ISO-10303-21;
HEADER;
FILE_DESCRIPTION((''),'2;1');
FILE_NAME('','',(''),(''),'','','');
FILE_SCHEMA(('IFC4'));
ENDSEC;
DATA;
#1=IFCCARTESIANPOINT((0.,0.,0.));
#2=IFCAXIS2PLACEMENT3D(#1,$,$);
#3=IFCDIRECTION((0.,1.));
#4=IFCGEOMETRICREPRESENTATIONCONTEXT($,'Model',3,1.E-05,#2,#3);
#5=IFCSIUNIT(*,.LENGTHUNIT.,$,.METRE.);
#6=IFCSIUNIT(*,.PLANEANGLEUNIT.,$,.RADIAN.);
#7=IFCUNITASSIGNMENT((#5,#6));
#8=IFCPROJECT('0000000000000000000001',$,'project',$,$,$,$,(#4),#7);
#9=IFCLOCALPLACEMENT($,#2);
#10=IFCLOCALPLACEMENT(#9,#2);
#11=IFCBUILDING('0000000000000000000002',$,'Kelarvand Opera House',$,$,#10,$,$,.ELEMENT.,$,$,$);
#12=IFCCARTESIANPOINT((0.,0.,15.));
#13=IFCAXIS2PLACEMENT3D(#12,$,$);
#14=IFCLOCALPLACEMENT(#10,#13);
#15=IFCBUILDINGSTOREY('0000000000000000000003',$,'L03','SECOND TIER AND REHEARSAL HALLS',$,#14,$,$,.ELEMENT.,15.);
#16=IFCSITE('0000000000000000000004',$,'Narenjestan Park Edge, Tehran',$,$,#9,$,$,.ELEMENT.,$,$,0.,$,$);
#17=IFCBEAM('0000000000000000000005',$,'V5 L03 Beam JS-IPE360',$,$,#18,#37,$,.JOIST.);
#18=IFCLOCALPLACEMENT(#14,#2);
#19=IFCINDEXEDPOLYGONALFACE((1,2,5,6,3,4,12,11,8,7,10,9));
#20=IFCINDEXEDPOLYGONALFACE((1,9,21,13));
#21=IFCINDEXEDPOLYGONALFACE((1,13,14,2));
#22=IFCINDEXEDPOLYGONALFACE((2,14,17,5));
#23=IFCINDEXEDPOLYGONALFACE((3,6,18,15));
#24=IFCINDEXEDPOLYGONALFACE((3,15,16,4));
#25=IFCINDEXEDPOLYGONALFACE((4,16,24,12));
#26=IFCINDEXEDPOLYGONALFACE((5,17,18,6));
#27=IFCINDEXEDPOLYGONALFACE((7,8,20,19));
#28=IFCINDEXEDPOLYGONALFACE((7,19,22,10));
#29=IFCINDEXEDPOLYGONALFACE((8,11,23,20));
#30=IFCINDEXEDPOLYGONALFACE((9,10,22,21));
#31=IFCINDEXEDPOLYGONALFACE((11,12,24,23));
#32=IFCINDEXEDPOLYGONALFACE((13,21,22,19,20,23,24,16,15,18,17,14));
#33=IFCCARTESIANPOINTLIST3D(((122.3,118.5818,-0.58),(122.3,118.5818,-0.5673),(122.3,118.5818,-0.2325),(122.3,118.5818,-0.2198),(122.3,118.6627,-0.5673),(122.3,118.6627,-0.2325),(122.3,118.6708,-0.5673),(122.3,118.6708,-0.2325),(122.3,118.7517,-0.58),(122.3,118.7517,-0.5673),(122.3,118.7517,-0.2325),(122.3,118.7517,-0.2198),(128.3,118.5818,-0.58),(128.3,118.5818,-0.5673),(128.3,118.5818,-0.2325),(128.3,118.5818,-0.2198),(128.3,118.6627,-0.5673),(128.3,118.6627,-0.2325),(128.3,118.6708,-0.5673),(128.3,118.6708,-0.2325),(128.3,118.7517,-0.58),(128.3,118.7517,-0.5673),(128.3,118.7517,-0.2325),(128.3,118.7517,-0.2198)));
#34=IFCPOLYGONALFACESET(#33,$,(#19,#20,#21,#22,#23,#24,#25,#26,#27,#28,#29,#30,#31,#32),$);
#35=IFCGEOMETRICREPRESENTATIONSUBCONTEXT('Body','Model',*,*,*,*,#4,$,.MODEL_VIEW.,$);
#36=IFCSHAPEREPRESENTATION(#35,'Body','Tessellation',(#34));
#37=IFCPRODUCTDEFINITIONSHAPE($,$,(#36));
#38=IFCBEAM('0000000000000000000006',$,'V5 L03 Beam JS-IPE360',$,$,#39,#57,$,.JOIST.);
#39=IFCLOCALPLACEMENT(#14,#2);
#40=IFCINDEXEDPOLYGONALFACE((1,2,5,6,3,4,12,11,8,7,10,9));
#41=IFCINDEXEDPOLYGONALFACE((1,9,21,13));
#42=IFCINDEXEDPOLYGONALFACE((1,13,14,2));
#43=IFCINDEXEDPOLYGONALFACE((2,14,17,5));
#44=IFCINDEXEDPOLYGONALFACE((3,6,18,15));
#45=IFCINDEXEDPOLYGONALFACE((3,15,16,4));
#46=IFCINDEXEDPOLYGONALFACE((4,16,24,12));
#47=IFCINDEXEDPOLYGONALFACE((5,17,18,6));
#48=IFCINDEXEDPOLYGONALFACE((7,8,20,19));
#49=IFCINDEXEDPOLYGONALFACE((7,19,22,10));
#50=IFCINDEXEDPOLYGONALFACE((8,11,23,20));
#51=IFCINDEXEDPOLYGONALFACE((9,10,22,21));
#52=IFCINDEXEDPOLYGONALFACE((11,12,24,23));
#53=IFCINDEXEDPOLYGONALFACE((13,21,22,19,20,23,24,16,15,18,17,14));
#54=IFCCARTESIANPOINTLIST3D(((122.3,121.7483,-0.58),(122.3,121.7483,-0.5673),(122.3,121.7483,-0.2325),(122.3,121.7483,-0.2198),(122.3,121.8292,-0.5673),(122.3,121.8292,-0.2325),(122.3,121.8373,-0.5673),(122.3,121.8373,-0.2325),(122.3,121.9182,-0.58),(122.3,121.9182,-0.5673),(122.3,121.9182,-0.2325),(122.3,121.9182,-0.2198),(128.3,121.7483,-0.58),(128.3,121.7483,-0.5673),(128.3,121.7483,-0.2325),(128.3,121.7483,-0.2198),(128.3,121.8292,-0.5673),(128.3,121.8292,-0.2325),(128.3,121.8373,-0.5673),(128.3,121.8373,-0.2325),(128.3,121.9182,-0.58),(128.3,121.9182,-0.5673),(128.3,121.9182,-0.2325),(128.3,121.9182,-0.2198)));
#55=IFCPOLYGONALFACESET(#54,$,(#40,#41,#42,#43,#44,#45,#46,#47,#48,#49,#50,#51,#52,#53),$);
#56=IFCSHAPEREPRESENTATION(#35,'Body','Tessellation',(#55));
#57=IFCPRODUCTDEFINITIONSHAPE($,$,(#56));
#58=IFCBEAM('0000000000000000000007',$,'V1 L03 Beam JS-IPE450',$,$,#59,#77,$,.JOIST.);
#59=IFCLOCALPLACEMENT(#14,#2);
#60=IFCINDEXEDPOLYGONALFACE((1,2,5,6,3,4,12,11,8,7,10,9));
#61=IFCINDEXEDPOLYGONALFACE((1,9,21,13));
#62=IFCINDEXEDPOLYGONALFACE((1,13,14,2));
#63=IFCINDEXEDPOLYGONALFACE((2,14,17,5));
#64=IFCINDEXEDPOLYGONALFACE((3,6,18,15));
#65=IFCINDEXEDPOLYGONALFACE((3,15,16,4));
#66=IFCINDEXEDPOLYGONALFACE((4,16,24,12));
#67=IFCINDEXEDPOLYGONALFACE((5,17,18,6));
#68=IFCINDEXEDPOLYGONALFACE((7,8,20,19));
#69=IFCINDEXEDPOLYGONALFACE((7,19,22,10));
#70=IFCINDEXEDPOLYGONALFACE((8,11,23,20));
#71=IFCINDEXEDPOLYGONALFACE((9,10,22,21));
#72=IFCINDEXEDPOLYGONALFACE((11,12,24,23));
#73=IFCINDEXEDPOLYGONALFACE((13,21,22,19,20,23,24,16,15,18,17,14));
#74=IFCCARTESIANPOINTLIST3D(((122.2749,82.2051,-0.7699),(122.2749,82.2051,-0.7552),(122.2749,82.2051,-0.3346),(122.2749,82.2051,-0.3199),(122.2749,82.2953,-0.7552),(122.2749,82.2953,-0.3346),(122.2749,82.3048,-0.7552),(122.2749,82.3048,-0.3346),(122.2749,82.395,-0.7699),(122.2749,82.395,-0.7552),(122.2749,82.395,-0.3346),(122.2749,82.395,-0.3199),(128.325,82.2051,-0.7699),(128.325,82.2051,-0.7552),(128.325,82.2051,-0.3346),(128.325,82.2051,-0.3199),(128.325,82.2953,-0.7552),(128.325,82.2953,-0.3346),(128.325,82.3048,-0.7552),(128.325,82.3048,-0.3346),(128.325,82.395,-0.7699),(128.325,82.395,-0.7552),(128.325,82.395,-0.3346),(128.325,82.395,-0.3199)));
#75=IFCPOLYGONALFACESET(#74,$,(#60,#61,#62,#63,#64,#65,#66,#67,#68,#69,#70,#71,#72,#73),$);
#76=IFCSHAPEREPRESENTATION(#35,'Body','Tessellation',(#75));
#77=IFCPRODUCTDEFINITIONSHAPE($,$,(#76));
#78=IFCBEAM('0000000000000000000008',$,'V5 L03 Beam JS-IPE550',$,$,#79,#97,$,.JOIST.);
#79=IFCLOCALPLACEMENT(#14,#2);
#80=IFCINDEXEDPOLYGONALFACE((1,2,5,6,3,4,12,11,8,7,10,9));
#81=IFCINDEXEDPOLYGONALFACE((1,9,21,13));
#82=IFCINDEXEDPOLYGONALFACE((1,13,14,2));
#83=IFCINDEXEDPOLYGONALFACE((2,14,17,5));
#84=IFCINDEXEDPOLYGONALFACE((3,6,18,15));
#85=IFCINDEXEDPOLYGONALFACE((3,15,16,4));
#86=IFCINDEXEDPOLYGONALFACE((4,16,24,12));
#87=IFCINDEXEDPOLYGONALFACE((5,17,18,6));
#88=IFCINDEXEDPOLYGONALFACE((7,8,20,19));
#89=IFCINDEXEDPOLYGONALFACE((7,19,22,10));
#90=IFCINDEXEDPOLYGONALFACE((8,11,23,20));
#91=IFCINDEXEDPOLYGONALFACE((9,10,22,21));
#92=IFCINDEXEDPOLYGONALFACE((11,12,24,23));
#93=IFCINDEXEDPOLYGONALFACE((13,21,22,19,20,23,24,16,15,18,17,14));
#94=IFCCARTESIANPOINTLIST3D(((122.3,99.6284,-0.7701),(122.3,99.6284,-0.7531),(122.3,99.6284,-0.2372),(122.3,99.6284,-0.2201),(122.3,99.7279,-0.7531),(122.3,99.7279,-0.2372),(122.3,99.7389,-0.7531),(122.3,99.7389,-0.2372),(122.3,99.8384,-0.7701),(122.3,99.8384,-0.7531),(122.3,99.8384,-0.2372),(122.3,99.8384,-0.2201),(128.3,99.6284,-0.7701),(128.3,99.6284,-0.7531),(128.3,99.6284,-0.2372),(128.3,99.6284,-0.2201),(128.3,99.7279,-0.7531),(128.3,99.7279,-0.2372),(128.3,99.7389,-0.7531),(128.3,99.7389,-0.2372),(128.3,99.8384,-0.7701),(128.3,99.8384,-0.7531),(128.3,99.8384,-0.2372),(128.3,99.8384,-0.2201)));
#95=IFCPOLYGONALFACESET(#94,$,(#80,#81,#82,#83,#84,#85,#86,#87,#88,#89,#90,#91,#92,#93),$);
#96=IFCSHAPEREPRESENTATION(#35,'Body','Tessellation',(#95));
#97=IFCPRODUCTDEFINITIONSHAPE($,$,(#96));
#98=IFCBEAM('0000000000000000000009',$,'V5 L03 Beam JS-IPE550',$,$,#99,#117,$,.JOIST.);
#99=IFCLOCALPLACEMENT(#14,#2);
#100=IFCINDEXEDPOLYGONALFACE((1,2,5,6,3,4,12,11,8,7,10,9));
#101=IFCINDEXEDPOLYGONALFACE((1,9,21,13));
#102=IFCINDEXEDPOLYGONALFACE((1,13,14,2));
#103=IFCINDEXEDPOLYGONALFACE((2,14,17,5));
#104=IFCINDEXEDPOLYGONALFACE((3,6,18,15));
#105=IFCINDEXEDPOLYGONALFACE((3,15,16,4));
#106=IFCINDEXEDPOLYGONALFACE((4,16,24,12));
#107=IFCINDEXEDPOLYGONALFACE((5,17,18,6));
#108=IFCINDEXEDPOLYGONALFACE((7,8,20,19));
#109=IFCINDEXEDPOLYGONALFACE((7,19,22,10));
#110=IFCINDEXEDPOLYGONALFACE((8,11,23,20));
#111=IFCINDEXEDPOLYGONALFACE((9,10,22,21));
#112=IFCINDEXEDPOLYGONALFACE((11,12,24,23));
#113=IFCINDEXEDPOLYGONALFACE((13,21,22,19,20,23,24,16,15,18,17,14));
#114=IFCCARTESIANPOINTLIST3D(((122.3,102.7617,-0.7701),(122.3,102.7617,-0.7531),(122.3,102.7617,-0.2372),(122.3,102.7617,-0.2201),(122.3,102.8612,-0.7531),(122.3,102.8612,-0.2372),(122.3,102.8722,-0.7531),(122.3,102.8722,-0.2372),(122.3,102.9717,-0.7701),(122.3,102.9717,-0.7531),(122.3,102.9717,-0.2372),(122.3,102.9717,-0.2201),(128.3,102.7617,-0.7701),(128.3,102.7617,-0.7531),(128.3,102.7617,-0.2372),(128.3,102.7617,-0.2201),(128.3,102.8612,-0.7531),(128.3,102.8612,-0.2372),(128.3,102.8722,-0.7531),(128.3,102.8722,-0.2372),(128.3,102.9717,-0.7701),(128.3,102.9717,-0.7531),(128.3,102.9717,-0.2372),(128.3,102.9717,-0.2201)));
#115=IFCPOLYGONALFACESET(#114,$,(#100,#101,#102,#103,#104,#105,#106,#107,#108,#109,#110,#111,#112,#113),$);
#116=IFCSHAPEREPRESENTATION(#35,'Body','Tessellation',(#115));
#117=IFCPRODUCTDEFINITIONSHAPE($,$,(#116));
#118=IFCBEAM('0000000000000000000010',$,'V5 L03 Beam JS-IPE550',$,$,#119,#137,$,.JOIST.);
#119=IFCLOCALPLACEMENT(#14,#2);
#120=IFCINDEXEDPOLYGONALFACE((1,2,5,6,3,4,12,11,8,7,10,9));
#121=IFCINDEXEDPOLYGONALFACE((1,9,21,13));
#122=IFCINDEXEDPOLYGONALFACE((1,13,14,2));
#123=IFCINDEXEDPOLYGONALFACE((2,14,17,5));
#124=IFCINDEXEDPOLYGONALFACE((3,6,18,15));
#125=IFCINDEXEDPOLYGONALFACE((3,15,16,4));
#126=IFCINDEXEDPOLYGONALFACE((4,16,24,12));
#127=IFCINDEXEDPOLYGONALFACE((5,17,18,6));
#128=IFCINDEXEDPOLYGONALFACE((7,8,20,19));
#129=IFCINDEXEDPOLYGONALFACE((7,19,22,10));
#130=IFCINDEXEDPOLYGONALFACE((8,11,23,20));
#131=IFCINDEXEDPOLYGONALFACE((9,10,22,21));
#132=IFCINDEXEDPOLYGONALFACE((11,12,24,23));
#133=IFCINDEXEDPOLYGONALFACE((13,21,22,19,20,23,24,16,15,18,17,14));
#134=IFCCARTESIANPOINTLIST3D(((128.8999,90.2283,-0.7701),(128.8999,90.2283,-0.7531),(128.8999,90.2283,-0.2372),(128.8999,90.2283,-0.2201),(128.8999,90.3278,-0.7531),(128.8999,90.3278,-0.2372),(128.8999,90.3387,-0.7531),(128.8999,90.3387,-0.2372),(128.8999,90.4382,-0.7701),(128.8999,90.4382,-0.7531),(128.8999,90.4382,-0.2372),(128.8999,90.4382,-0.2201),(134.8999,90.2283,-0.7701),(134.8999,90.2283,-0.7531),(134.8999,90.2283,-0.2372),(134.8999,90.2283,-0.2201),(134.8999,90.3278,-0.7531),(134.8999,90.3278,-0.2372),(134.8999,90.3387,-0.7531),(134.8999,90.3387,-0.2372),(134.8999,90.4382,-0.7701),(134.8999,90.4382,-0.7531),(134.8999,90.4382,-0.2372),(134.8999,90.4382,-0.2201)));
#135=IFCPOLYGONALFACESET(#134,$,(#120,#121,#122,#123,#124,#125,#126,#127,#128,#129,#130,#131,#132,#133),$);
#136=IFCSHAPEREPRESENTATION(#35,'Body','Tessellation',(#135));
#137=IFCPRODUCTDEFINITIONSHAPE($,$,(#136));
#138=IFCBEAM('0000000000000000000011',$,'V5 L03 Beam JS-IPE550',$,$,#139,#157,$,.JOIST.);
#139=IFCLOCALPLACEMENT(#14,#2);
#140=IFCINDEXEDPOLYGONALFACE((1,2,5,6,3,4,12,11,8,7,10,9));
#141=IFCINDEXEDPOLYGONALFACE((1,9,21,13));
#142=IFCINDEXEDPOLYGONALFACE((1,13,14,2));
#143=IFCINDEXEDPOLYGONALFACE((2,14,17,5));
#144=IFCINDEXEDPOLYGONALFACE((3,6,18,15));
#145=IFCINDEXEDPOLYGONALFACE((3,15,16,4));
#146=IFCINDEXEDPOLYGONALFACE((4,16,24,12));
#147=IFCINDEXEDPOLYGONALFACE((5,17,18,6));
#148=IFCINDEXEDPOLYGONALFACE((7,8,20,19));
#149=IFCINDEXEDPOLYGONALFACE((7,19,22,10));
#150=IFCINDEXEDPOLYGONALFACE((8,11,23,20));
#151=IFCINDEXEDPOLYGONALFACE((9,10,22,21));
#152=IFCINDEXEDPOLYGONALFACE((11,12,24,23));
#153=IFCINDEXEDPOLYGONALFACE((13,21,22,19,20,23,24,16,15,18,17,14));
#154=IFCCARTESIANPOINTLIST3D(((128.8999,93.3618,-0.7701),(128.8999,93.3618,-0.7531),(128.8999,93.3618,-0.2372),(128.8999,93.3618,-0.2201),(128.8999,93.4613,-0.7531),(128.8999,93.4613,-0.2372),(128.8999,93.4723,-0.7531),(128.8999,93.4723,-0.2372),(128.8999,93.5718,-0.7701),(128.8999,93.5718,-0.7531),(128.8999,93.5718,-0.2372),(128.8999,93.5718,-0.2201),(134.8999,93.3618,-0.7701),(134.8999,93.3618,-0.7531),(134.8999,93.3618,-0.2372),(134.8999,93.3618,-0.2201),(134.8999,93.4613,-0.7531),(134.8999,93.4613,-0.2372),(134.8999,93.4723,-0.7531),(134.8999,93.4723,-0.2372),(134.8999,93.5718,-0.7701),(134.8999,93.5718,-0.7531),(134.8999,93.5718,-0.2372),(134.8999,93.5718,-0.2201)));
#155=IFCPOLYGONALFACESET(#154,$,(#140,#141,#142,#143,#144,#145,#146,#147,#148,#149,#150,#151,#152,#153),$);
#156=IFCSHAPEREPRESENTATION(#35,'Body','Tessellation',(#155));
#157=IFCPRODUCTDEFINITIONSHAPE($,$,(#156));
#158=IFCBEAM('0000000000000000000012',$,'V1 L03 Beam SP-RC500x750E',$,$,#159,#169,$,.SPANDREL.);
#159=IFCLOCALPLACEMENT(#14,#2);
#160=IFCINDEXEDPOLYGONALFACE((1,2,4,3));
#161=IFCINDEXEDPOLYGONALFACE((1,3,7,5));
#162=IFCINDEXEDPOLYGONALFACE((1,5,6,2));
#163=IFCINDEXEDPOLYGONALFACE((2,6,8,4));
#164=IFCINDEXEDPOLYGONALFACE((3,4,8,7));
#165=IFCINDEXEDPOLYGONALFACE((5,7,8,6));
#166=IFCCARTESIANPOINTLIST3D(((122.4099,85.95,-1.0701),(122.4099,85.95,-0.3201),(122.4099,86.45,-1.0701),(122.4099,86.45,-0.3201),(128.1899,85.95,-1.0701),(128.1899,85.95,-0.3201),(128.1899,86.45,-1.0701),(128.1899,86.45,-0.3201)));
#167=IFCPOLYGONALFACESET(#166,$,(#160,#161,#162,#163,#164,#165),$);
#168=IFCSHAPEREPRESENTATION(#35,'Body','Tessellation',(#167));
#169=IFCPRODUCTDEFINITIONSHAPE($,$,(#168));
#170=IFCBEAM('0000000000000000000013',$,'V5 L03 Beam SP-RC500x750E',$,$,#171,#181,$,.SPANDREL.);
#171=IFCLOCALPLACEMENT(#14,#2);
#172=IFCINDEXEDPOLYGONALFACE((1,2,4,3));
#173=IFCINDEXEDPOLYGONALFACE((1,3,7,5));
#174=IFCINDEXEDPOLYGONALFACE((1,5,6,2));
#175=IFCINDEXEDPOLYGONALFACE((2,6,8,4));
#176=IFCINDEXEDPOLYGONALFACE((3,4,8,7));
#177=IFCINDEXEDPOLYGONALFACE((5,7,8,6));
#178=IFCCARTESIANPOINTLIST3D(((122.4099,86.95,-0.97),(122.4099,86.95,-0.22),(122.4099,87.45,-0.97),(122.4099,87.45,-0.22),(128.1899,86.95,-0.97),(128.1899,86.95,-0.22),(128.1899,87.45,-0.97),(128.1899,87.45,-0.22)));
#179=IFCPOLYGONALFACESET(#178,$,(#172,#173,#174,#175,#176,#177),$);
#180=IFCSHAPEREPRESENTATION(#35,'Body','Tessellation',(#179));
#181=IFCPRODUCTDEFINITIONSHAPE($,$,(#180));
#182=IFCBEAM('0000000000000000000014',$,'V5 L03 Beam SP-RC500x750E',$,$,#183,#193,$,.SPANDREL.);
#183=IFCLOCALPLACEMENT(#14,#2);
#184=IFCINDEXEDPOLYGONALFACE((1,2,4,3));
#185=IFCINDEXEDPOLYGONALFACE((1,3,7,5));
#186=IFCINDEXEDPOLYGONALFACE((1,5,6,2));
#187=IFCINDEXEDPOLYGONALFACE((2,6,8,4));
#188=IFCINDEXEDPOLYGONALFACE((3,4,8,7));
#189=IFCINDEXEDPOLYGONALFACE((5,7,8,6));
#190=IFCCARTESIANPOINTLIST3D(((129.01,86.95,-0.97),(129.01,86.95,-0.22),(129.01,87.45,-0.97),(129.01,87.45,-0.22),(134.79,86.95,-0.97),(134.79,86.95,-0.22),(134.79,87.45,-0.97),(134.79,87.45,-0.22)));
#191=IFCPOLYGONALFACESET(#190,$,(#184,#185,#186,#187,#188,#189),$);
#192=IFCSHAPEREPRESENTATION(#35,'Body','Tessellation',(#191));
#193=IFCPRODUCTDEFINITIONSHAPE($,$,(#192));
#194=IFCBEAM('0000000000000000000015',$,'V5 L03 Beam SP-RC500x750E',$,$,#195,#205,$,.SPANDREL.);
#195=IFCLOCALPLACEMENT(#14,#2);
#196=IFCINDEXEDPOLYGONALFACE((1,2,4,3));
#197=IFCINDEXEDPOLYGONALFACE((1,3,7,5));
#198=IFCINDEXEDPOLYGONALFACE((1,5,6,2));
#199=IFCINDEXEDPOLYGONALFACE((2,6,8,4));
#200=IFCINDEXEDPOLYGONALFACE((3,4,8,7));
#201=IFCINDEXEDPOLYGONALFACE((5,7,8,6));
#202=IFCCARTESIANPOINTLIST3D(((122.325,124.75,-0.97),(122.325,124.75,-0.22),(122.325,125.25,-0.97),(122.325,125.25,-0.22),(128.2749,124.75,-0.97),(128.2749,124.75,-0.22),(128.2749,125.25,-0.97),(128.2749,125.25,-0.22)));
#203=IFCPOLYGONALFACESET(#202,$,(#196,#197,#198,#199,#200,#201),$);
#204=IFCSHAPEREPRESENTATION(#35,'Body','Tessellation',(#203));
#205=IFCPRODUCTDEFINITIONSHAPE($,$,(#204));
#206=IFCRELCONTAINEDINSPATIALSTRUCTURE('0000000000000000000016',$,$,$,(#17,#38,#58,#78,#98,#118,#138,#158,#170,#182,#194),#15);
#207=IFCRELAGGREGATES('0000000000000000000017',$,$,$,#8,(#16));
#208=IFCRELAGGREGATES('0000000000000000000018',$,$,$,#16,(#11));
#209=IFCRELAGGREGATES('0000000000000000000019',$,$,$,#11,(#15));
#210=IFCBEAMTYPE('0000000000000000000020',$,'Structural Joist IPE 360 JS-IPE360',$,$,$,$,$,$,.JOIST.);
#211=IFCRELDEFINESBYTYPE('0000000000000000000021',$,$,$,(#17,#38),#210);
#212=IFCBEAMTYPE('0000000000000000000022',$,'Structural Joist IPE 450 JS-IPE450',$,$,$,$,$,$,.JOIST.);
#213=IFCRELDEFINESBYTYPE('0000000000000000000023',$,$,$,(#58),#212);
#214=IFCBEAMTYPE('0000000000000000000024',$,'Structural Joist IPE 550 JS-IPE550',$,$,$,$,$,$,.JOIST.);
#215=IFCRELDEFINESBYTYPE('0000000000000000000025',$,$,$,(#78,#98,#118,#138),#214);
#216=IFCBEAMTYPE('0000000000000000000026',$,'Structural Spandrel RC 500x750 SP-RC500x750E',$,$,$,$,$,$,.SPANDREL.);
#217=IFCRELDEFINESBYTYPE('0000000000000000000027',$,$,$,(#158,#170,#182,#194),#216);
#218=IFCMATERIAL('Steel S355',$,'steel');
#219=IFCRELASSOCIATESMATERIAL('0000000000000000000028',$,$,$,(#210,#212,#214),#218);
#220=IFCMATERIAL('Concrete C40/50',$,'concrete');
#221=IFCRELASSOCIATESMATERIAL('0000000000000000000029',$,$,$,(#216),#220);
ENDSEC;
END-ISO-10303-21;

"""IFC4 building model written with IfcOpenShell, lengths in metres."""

from ifc_helpers import new_model, si_unit, direction, frame, origin, origin_2d, place, context, subcontext, project, spatial, rectangle, i_section, extrude, material, material_profile, profile_set, type_object, element, save


model = new_model("IFC4")

# Units and contexts
model_context = context("Model", 3, precision=1e-05, world=origin(), true_north=direction((0.0, 1.0)))
body_context = subcontext(model_context, "Body", "Model", "MODEL_VIEW")
ifc_project = project(units=[si_unit("LENGTHUNIT", "METRE"), si_unit("PLANEANGLEUNIT", "RADIAN")], contexts=[model_context])

# Site, building, storey
site_placement = place(None, origin())
site = spatial("IfcSite", under=ifc_project, at=site_placement, Name="Narenjestan Park Edge, Tehran", CompositionType="ELEMENT", RefElevation=0.0)
building_placement = place(site_placement, origin())
building = spatial("IfcBuilding", under=site, at=building_placement, Name="Kelarvand Opera House", CompositionType="ELEMENT")
storey_placement = place(building_placement, frame((0.0, 0.0, 15.0)))
storey = spatial("IfcBuildingStorey", under=building, at=storey_placement, Name="L03", Description="SECOND TIER AND REHEARSAL HALLS", CompositionType="ELEMENT", Elevation=15.0)

# Shared definitions
ifc_material_1 = material(Name="Concrete C40/50", Category="concrete")

# Beams
ifc_material_2 = material(Name="Steel S355", Category="steel")
ifc_material_profile_1 = material_profile(ifc_material_2, i_section(OverallWidth=0.1699, OverallDepth=0.3601, WebThickness=0.0081, FlangeThickness=0.0127, at=origin_2d()), Name="IPE 360", Category="steel")
ifc_profile_set_1 = profile_set([ifc_material_profile_1], Name="Steel S355")
beam_type_1 = type_object("IfcBeamType", Name="Structural Joist IPE 360 JS-IPE360", PredefinedType="JOIST", material=ifc_profile_set_1)
for number, where, z_axis, x_axis, name in (
    (1, (122.3, 118.6667, -0.3999), (1.0, 0.0, 0.0), (0.0, 1.0, 0.0), "V5 L03 Beam JS-IPE360"),
    (2, (122.3, 121.8333, -0.3999), (1.0, 0.0, 0.0), (0.0, 1.0, 0.0), "V5 L03 Beam JS-IPE360"),
):
    element("IfcBeam", number, at=place(storey_placement, frame(where, z_axis=z_axis, x_axis=x_axis)), inside=storey, type_object=beam_type_1, Name=name, PredefinedType="JOIST", context=body_context, shape_type="SweptSolid", body=[
        extrude(i_section(OverallWidth=0.1699, OverallDepth=0.3601, WebThickness=0.0081, FlangeThickness=0.0127, at=origin_2d()), origin(), (0.0, 0.0, 1.0), 6.0),
    ])
ifc_material_profile_2 = material_profile(ifc_material_2, i_section(OverallWidth=0.1899, OverallDepth=0.45, WebThickness=0.0095, FlangeThickness=0.0146, at=origin_2d()), Name="IPE 450", Category="steel")
ifc_profile_set_2 = profile_set([ifc_material_profile_2], Name="Steel S355")
beam_type_2 = type_object("IfcBeamType", Name="Structural Joist IPE 450 JS-IPE450", PredefinedType="JOIST", material=ifc_profile_set_2)
beam_1_placement = place(storey_placement, frame((122.2749, 82.3, -0.5449), z_axis=(1.0, 0.0, 0.0), x_axis=(0.0, 1.0, 0.0)))
element("IfcBeam", 3, at=beam_1_placement, inside=storey, type_object=beam_type_2, Name="V1 L03 Beam JS-IPE450", PredefinedType="JOIST", context=body_context, shape_type="SweptSolid", body=[
    extrude(i_section(OverallWidth=0.1899, OverallDepth=0.45, WebThickness=0.0095, FlangeThickness=0.0146, at=origin_2d()), origin(), (0.0, 0.0, 1.0), 6.05),
])
ifc_material_profile_3 = material_profile(ifc_material_2, i_section(OverallWidth=0.21, OverallDepth=0.55, WebThickness=0.011, FlangeThickness=0.0171, at=origin_2d()), Name="IPE 550", Category="steel")
ifc_profile_set_3 = profile_set([ifc_material_profile_3], Name="Steel S355")
beam_type_3 = type_object("IfcBeamType", Name="Structural Joist IPE 550 JS-IPE550", PredefinedType="JOIST", material=ifc_profile_set_3)
for number, where, z_axis, x_axis, name in (
    (4, (122.3, 99.7334, -0.4951), (1.0, 0.0, 0.0), (0.0, 1.0, 0.0), "V5 L03 Beam JS-IPE550"),
    (5, (122.3, 102.8667, -0.4951), (1.0, 0.0, 0.0), (0.0, 1.0, 0.0), "V5 L03 Beam JS-IPE550"),
    (6, (128.8999, 90.3333, -0.4951), (1.0, 0.0, 0.0), (0.0, 1.0, 0.0), "V5 L03 Beam JS-IPE550"),
    (7, (128.8999, 93.4668, -0.4951), (1.0, 0.0, 0.0), (0.0, 1.0, 0.0), "V5 L03 Beam JS-IPE550"),
):
    element("IfcBeam", number, at=place(storey_placement, frame(where, z_axis=z_axis, x_axis=x_axis)), inside=storey, type_object=beam_type_3, Name=name, PredefinedType="JOIST", context=body_context, shape_type="SweptSolid", body=[
        extrude(i_section(OverallWidth=0.21, OverallDepth=0.55, WebThickness=0.011, FlangeThickness=0.0171, at=origin_2d()), origin(), (0.0, 0.0, 1.0), 6.0),
    ])
ifc_material_profile_4 = material_profile(ifc_material_1, rectangle(XDim=0.5, YDim=0.75, at=origin_2d()), Name="RC 500x750", Category="concrete")
ifc_profile_set_4 = profile_set([ifc_material_profile_4], Name="Concrete C40/50")
beam_type_4 = type_object("IfcBeamType", Name="Structural Spandrel RC 500x750 SP-RC500x750E", PredefinedType="SPANDREL", material=ifc_profile_set_4)
for number, where, z_axis, x_axis, name in (
    (8, (122.4099, 86.2, -0.6951), (1.0, 0.0, 0.0), (0.0, 1.0, 0.0), "V1 L03 Beam SP-RC500x750E"),
    (9, (122.4099, 87.2, -0.595), (1.0, 0.0, 0.0), (0.0, 1.0, 0.0), "V5 L03 Beam SP-RC500x750E"),
    (10, (129.01, 87.2, -0.595), (1.0, 0.0, 0.0), (0.0, 1.0, 0.0), "V5 L03 Beam SP-RC500x750E"),
):
    element("IfcBeam", number, at=place(storey_placement, frame(where, z_axis=z_axis, x_axis=x_axis)), inside=storey, type_object=beam_type_4, Name=name, PredefinedType="SPANDREL", context=body_context, shape_type="SweptSolid", body=[
        extrude(rectangle(XDim=0.5, YDim=0.75, at=origin_2d()), origin(), (0.0, 0.0, 1.0), 5.78),
    ])
beam_2_placement = place(storey_placement, frame((122.325, 125.0, -0.595), z_axis=(1.0, 0.0, 0.0), x_axis=(0.0, 1.0, 0.0)))
element("IfcBeam", 11, at=beam_2_placement, inside=storey, type_object=beam_type_4, Name="V5 L03 Beam SP-RC500x750E", PredefinedType="SPANDREL", context=body_context, shape_type="SweptSolid", body=[
    extrude(rectangle(XDim=0.5, YDim=0.75, at=origin_2d()), origin(), (0.0, 0.0, 1.0), 5.95),
])

save(model, "model.ifc")
